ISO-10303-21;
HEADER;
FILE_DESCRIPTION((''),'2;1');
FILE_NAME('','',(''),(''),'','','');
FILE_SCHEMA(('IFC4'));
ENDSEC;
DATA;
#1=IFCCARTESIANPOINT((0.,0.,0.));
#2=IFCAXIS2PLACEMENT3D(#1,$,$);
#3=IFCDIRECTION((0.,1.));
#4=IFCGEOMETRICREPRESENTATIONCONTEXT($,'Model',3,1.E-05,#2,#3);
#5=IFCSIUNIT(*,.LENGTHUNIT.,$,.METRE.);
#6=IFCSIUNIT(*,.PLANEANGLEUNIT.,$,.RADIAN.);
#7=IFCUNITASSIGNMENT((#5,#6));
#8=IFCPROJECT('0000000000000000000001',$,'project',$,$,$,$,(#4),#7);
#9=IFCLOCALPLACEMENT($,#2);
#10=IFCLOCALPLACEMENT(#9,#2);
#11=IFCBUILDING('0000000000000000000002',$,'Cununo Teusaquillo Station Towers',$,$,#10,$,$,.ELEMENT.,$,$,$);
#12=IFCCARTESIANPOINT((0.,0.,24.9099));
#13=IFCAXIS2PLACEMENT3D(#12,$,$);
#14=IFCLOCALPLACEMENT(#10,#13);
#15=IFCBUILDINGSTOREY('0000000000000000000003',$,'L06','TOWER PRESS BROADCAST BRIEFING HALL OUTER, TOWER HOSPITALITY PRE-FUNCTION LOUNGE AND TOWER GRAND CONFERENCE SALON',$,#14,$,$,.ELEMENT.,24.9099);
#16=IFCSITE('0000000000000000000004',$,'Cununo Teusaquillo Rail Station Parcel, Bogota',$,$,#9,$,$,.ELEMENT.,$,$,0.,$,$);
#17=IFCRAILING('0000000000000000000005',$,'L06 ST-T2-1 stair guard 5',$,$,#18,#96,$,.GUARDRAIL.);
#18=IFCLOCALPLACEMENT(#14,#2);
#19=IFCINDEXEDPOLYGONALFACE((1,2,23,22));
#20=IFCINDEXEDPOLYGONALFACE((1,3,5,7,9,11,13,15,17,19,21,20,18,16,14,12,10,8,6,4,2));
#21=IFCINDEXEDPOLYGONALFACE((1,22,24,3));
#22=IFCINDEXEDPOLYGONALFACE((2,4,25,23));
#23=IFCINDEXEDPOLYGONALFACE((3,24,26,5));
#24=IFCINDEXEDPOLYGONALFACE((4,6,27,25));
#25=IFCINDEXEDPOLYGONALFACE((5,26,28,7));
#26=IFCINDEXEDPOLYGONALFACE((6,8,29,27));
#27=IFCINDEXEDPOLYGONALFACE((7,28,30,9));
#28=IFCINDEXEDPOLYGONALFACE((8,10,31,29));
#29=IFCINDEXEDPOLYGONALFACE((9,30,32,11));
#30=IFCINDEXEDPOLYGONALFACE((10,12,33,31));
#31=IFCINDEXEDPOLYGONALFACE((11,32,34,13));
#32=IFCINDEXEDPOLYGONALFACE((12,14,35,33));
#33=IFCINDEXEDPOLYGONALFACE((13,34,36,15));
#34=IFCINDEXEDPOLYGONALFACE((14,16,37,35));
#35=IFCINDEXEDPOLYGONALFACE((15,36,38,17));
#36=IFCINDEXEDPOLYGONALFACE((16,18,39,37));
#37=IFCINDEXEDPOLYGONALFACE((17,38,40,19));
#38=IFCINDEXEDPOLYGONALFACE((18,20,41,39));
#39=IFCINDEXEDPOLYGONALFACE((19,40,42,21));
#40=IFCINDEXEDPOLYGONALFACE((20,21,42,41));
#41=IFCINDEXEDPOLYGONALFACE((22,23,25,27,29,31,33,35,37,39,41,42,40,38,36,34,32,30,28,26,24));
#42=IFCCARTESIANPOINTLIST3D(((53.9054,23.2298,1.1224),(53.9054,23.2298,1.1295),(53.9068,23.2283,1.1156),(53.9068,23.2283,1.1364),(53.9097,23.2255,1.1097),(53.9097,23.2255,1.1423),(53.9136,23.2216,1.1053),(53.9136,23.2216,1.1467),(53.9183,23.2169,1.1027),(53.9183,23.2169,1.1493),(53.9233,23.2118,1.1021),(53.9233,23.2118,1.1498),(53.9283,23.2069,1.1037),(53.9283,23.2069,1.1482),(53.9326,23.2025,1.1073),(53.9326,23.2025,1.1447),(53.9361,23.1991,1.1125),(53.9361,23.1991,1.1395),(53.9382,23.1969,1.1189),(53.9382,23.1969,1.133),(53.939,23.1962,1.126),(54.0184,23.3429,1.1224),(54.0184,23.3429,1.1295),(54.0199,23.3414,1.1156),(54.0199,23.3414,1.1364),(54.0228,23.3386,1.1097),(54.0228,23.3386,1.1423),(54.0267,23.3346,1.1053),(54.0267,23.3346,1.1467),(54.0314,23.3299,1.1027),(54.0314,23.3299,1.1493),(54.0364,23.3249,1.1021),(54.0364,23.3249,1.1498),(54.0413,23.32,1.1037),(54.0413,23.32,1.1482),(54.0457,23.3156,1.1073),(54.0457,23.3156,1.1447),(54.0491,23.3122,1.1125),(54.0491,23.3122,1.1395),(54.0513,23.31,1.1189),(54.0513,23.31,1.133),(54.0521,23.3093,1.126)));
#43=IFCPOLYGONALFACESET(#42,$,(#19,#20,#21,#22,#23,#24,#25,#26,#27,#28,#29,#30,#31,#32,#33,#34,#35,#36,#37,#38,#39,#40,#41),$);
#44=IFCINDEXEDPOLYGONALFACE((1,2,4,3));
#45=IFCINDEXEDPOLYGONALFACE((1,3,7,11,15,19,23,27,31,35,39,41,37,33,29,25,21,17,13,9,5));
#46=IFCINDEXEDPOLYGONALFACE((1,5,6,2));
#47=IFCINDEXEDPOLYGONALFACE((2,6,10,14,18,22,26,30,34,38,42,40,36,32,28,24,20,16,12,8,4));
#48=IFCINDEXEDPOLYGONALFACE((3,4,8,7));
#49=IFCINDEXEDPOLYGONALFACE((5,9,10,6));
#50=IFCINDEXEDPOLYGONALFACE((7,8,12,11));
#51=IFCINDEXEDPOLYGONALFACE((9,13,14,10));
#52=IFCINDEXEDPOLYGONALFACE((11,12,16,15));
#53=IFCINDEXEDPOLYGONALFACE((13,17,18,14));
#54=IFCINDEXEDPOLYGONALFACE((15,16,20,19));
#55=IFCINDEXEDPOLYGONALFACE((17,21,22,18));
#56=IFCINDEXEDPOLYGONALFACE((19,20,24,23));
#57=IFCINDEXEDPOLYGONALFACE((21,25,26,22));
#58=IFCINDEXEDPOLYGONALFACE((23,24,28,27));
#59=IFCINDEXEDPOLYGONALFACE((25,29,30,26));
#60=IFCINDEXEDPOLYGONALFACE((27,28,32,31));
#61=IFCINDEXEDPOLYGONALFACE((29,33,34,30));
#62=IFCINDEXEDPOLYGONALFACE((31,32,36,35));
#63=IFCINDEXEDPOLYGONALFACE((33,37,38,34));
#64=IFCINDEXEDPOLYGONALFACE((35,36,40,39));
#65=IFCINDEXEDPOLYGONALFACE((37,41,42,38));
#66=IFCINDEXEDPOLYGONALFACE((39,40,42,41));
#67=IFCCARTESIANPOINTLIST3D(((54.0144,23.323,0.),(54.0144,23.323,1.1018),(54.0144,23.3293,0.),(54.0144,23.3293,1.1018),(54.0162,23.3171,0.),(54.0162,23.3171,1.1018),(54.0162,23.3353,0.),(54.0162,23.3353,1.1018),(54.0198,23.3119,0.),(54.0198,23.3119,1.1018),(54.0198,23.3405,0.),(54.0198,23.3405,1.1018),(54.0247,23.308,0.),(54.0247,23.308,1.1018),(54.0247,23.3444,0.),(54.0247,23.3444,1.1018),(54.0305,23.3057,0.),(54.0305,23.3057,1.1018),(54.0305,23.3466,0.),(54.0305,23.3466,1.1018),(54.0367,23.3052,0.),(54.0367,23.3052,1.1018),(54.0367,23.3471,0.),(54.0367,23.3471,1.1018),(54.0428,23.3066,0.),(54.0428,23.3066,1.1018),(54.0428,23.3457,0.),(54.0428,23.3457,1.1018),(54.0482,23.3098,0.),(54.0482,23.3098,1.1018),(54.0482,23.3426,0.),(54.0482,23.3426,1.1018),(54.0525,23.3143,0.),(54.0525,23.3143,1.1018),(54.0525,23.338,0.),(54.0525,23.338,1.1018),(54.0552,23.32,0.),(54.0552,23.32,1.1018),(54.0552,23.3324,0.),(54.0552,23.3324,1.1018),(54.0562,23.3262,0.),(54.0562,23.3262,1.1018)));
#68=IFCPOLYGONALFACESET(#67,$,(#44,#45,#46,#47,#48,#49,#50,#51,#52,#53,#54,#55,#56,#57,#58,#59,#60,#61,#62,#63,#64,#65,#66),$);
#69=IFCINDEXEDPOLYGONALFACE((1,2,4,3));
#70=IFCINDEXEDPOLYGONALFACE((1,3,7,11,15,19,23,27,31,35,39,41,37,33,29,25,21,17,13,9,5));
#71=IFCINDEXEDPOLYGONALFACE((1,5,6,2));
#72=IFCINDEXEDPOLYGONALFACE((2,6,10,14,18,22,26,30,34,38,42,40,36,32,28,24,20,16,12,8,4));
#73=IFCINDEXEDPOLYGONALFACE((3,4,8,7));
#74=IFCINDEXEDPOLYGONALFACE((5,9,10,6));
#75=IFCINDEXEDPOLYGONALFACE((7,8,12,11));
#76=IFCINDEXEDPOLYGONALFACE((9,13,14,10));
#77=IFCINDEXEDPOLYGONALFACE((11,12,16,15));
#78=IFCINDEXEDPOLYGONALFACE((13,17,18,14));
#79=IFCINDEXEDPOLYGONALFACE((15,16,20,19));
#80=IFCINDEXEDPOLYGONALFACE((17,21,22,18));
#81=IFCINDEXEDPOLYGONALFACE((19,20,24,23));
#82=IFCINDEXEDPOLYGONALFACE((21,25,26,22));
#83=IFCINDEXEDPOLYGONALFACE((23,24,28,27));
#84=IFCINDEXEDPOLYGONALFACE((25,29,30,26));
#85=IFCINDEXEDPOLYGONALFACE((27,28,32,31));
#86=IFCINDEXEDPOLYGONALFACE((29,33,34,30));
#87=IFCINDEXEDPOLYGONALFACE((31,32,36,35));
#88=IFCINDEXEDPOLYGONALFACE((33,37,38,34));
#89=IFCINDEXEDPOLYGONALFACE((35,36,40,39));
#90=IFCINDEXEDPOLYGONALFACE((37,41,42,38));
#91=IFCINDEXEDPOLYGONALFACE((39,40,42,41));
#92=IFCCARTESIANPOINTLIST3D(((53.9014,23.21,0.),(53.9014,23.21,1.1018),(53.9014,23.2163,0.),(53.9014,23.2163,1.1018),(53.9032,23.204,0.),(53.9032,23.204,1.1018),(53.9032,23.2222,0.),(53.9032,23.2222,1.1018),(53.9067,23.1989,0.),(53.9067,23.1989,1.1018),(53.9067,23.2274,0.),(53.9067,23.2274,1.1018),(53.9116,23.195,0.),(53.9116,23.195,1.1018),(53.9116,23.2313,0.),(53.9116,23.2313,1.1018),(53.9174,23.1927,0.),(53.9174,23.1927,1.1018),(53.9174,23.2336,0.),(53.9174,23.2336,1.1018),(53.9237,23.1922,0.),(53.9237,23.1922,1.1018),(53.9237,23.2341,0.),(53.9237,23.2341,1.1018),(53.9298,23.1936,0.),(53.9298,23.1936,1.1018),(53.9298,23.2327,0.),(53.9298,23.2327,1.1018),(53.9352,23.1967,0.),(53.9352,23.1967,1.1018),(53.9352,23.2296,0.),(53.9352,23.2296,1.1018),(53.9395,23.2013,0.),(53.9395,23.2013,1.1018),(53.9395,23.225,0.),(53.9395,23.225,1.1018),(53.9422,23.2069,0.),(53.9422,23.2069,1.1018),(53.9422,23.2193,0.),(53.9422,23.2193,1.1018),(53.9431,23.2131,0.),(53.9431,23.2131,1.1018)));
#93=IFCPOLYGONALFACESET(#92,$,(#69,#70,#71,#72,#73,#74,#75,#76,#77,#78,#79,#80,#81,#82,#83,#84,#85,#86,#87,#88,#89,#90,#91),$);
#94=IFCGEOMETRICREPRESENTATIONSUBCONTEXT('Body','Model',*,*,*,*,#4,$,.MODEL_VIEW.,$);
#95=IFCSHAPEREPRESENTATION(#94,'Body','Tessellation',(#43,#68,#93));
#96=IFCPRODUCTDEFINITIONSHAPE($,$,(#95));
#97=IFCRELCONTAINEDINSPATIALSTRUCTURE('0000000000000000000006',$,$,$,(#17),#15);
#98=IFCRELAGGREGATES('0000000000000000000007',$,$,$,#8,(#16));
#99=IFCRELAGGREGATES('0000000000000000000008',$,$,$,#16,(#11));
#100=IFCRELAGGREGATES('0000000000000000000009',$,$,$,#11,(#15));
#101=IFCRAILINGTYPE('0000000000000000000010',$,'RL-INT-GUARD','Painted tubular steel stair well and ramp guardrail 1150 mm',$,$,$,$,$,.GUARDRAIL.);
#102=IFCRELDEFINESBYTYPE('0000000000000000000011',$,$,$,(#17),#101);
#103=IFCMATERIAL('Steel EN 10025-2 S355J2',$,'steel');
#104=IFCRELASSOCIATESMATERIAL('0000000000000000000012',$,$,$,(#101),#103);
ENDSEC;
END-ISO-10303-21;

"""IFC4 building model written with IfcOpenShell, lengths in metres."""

from ifc_helpers import new_model, si_unit, direction, frame, origin, origin_2d, place, context, subcontext, project, spatial, circle, extrude, material, type_object, element, save


model = new_model("IFC4")

# Units and contexts
model_context = context("Model", 3, precision=1e-05, world=origin(), true_north=direction((0.0, 1.0)))
body_context = subcontext(model_context, "Body", "Model", "MODEL_VIEW")
ifc_project = project(units=[si_unit("LENGTHUNIT", "METRE"), si_unit("PLANEANGLEUNIT", "RADIAN")], contexts=[model_context])

# Site, building, storey
site_placement = place(None, origin())
site = spatial("IfcSite", under=ifc_project, at=site_placement, Name="Cununo Teusaquillo Rail Station Parcel, Bogota", CompositionType="ELEMENT", RefElevation=0.0)
building_placement = place(site_placement, origin())
building = spatial("IfcBuilding", under=site, at=building_placement, Name="Cununo Teusaquillo Station Towers", CompositionType="ELEMENT")
storey_placement = place(building_placement, frame((0.0, 0.0, 24.9099)))
storey = spatial("IfcBuildingStorey", under=building, at=storey_placement, Name="L06", Description="TOWER PRESS BROADCAST BRIEFING HALL OUTER, TOWER HOSPITALITY PRE-FUNCTION LOUNGE AND TOWER GRAND CONFERENCE SALON", CompositionType="ELEMENT", Elevation=24.9099)

# Railing
ifc_material_1 = material(Name="Steel EN 10025-2 S355J2", Category="steel")
railing_type_1 = type_object("IfcRailingType", Name="RL-INT-GUARD", Description="Painted tubular steel stair well and ramp guardrail 1150 mm", PredefinedType="GUARDRAIL", material=ifc_material_1)
railing_1_placement = place(storey_placement, frame((54.0352, 23.3262, 0.0)))
element("IfcRailing", 1, at=railing_1_placement, inside=storey, type_object=railing_type_1, Name="L06 ST-T2-1 stair guard 5", PredefinedType="GUARDRAIL", context=body_context, shape_type="SweptSolid", body=[
    extrude(circle(Radius=0.0239, at=origin_2d()), frame((0.0, 0.0, 1.126), z_axis=(-0.707107, -0.707107, 0.0), x_axis=(0.707107, -0.707107, 0.0)), (0.0, 0.0, 1.0), 0.1599),
    extrude(circle(Radius=0.021, at=origin_2d()), origin(), (0.0, 0.0, 1.0), 1.1018),
    extrude(circle(Radius=0.021, at=origin_2d()), frame((-0.113, -0.113, 0.0)), (0.0, 0.0, 1.0), 1.1018),
])

save(model, "model.ifc")
